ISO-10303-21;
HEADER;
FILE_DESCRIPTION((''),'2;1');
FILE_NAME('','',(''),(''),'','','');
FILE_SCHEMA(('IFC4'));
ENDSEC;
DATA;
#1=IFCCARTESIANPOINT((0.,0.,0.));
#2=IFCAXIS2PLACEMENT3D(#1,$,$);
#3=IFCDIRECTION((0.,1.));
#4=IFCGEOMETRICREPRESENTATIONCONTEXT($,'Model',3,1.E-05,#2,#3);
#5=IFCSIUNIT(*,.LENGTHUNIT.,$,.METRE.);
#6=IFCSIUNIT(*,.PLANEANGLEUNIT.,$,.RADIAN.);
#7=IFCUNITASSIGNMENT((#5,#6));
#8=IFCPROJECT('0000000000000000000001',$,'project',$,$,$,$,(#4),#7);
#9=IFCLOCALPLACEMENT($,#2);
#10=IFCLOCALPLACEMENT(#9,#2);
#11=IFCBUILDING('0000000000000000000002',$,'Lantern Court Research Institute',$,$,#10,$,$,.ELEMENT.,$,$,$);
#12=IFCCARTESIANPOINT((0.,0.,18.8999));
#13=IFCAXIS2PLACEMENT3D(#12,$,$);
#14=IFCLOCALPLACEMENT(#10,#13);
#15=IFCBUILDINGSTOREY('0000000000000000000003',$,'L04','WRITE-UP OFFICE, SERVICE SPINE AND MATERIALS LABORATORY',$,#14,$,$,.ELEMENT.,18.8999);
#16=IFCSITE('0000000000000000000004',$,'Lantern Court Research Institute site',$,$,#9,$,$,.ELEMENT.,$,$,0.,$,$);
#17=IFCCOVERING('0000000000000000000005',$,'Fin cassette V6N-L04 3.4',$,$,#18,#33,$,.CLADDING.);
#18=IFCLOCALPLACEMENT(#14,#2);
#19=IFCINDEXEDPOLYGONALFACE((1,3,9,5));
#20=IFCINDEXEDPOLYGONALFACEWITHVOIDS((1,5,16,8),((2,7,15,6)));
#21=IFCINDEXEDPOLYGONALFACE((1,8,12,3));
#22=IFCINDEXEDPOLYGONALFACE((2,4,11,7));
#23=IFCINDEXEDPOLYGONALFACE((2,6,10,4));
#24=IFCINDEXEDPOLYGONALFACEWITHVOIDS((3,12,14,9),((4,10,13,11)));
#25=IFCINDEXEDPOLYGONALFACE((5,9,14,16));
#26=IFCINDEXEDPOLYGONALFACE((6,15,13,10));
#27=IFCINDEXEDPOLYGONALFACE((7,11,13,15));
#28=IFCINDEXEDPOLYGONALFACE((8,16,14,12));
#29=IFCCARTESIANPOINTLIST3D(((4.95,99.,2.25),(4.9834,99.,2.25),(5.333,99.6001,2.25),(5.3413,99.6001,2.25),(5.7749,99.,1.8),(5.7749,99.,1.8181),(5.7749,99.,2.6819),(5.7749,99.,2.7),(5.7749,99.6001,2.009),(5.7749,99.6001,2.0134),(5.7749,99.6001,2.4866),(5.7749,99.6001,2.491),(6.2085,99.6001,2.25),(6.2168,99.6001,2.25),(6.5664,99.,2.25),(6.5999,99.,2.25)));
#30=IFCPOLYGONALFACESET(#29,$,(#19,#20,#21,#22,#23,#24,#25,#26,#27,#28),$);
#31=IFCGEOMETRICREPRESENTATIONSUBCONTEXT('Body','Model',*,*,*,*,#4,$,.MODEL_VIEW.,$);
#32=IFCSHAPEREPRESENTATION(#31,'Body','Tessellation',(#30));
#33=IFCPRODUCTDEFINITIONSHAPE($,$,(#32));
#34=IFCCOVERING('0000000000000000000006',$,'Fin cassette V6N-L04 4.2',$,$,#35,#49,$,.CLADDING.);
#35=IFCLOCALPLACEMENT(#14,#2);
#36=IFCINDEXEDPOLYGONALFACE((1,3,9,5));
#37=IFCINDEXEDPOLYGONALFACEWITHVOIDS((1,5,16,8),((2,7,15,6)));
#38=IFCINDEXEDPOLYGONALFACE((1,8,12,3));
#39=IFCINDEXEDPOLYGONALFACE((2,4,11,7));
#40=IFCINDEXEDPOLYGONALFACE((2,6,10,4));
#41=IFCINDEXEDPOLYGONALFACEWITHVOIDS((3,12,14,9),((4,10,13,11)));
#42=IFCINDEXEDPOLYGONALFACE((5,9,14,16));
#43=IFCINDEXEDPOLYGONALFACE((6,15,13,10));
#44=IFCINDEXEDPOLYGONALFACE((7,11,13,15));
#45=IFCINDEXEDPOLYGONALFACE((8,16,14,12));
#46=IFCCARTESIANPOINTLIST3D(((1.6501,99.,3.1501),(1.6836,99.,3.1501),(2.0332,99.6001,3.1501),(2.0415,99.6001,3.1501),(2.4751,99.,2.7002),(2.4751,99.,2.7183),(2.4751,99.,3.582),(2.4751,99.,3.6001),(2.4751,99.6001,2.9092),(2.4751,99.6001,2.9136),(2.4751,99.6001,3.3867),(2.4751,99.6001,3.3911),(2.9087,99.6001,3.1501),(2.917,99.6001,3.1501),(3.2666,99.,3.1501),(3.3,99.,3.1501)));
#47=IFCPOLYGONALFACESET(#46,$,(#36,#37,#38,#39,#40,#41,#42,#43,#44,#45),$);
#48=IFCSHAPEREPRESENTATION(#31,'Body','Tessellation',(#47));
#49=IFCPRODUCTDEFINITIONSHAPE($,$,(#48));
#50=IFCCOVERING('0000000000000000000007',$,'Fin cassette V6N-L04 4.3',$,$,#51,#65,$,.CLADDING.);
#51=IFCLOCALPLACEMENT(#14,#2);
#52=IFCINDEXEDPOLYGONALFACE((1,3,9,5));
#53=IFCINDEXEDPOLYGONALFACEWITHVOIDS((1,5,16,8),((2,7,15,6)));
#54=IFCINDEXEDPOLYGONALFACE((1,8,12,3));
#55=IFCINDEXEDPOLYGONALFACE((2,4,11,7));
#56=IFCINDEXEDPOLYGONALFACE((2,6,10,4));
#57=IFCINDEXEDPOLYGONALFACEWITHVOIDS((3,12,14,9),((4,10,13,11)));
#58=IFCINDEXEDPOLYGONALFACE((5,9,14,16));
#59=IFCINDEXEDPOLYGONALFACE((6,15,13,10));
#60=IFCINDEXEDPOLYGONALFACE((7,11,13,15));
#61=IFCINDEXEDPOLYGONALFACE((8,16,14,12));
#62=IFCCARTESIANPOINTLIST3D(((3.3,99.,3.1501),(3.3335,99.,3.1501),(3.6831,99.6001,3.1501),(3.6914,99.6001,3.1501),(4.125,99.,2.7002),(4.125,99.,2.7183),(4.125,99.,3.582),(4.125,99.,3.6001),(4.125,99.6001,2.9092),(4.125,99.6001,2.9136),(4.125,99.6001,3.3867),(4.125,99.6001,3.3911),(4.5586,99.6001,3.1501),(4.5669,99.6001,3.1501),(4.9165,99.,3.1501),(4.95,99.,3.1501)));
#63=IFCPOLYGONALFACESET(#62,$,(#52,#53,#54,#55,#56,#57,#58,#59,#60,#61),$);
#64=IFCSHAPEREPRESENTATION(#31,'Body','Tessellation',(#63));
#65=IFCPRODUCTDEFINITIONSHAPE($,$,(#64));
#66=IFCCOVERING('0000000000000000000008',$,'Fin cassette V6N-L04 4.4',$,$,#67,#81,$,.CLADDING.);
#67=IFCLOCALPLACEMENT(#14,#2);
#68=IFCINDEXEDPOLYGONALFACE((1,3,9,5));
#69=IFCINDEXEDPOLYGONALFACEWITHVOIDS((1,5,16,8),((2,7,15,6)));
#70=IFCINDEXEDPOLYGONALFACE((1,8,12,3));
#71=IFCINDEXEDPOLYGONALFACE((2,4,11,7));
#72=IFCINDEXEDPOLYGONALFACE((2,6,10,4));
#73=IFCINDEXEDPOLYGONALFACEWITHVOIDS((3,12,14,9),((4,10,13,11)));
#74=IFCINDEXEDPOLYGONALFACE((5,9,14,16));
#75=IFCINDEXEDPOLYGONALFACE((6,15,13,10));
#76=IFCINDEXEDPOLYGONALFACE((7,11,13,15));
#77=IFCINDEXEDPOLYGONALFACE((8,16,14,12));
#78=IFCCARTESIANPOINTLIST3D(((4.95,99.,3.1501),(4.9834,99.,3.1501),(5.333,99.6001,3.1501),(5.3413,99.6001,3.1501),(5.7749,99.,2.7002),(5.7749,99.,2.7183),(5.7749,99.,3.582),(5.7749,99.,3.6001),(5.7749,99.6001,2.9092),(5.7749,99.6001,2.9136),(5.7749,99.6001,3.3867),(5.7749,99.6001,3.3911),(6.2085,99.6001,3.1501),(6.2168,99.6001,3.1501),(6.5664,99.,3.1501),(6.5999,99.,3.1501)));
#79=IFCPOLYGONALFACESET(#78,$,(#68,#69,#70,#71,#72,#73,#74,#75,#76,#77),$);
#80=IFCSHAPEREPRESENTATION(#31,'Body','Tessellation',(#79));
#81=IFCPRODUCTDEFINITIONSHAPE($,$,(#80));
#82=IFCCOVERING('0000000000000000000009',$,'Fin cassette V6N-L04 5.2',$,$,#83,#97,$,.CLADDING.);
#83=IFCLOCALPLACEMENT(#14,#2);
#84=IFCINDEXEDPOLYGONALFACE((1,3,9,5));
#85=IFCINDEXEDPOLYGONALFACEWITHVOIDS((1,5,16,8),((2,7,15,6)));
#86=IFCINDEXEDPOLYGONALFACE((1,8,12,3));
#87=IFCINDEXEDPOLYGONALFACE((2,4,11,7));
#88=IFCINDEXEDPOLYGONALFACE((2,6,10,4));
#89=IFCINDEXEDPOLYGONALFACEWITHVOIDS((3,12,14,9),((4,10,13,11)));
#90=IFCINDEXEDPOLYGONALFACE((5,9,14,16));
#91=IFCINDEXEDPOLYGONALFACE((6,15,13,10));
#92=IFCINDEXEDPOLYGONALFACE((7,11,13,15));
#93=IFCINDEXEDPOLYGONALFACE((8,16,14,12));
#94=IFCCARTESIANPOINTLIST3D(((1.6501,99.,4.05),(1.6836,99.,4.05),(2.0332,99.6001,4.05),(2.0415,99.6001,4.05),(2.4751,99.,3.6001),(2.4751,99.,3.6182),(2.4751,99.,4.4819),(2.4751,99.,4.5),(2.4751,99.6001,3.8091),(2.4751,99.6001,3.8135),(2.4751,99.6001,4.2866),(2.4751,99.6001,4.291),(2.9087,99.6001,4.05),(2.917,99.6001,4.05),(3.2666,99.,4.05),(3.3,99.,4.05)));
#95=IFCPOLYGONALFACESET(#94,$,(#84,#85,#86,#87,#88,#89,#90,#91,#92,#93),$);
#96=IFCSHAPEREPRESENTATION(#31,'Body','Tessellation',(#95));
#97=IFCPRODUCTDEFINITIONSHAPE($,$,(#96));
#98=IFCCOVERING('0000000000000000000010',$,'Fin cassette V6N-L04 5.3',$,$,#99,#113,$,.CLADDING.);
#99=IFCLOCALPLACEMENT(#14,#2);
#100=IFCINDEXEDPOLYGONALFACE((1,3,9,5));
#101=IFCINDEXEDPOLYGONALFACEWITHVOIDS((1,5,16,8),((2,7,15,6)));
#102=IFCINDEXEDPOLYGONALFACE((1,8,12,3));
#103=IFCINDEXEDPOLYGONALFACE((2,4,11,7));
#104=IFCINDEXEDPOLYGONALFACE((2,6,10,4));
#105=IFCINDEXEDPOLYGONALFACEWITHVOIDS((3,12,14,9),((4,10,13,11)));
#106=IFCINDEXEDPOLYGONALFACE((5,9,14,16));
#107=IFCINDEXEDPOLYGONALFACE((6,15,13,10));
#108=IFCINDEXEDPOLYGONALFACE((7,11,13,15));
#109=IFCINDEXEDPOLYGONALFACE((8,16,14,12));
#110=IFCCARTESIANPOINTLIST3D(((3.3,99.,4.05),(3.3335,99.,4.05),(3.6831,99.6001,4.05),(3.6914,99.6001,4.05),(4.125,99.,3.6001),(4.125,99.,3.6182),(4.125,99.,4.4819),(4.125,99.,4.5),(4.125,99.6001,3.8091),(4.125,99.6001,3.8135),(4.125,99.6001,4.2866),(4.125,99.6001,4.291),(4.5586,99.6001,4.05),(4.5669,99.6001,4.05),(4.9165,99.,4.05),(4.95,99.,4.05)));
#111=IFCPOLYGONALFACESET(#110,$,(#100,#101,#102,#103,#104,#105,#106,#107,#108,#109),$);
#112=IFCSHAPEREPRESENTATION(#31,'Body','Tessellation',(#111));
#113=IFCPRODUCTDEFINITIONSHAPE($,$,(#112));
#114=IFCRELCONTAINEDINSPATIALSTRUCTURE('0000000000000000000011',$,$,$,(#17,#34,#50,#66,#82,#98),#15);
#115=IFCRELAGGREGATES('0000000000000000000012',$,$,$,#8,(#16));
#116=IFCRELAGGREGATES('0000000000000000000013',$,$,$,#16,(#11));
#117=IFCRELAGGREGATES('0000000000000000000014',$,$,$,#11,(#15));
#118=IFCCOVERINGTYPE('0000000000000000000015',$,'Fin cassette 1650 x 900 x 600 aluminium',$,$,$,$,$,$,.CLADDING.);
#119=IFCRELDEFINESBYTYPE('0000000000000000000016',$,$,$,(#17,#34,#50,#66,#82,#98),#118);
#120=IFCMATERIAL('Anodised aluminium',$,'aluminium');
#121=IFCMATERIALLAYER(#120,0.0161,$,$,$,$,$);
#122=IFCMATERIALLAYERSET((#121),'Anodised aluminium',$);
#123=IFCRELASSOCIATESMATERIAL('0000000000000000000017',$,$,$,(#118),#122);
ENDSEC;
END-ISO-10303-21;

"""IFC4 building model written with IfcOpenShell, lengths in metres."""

from ifc_helpers import new_model, entity, si_unit, direction, frame, origin, place, context, subcontext, project, spatial, material, layer, layer_set, type_object, element, save


model = new_model("IFC4")

# Units and contexts
model_context = context("Model", 3, precision=1e-05, world=origin(), true_north=direction((0.0, 1.0)))
body_context = subcontext(model_context, "Body", "Model", "MODEL_VIEW")
ifc_project = project(units=[si_unit("LENGTHUNIT", "METRE"), si_unit("PLANEANGLEUNIT", "RADIAN")], contexts=[model_context])

# Site, building, storey
site_placement = place(None, origin())
site = spatial("IfcSite", under=ifc_project, at=site_placement, Name="Lantern Court Research Institute site", CompositionType="ELEMENT", RefElevation=0.0)
building_placement = place(site_placement, origin())
building = spatial("IfcBuilding", under=site, at=building_placement, Name="Lantern Court Research Institute", CompositionType="ELEMENT")
storey_placement = place(building_placement, frame((0.0, 0.0, 18.8999)))
storey = spatial("IfcBuildingStorey", under=building, at=storey_placement, Name="L04", Description="WRITE-UP OFFICE, SERVICE SPINE AND MATERIALS LABORATORY", CompositionType="ELEMENT", Elevation=18.8999)

# Coverings
ifc_material_1 = material(Name="Anodised aluminium", Category="aluminium")
ifc_layer_1 = layer(ifc_material_1, 0.0161)
ifc_layer_set_1 = layer_set([ifc_layer_1], Name="Anodised aluminium")
covering_type_1 = type_object("IfcCoveringType", Name="Fin cassette 1650 x 900 x 600 aluminium", PredefinedType="CLADDING", material=ifc_layer_set_1)
covering_1_placement = place(storey_placement, frame((5.7749, 99.0, 2.25), z_axis=(0.0, 1.0, 0.0), x_axis=(-1.0, 0.0, 0.0)))
cartesian_point_1 = entity("IfcCartesianPoint", [0.825, 0.0])
cartesian_point_2 = entity("IfcCartesianPoint", [0.7915, 0.0])
cartesian_point_3 = entity("IfcCartesianPoint", [0.4419, 0.0])
cartesian_point_4 = entity("IfcCartesianPoint", [0.4336, 0.0])
element("IfcCovering", 1, at=covering_1_placement, inside=storey, type_object=covering_type_1, Name="Fin cassette V6N-L04 3.4", PredefinedType="CLADDING", context=body_context, shape_type="SweptSolid", body=[
    entity("IfcExtrudedAreaSolidTapered", entity("IfcArbitraryProfileDefWithVoids", "AREA", None, entity("IfcPolyline", [cartesian_point_1, entity("IfcCartesianPoint", [0.0, 0.45]), entity("IfcCartesianPoint", [-0.825, 0.0]), entity("IfcCartesianPoint", [0.0, -0.45]), cartesian_point_1]), [entity("IfcPolyline", [cartesian_point_2, entity("IfcCartesianPoint", [0.0, 0.4319]), entity("IfcCartesianPoint", [-0.7915, 0.0]), entity("IfcCartesianPoint", [0.0, -0.4319]), cartesian_point_2])]), entity("IfcAxis2Placement3D", entity("IfcCartesianPoint", [0.0, 0.0, 0.0])), entity("IfcDirection", [0.0, 0.0, 1.0]), 0.6001, entity("IfcArbitraryProfileDefWithVoids", "AREA", None, entity("IfcPolyline", [cartesian_point_3, entity("IfcCartesianPoint", [0.0, 0.241]), entity("IfcCartesianPoint", [-0.4419, 0.0]), entity("IfcCartesianPoint", [0.0, -0.241]), cartesian_point_3]), [entity("IfcPolyline", [cartesian_point_4, entity("IfcCartesianPoint", [0.0, 0.2366]), entity("IfcCartesianPoint", [-0.4336, 0.0]), entity("IfcCartesianPoint", [0.0, -0.2366]), cartesian_point_4])])),
])
covering_2_placement = place(storey_placement, frame((2.4751, 99.0, 3.1501), z_axis=(0.0, 1.0, 0.0), x_axis=(-1.0, 0.0, 0.0)))
cartesian_point_5 = entity("IfcCartesianPoint", [0.825, 0.0])
cartesian_point_6 = entity("IfcCartesianPoint", [0.7915, 0.0])
cartesian_point_7 = entity("IfcCartesianPoint", [0.4419, 0.0])
cartesian_point_8 = entity("IfcCartesianPoint", [0.4336, 0.0])
element("IfcCovering", 2, at=covering_2_placement, inside=storey, type_object=covering_type_1, Name="Fin cassette V6N-L04 4.2", PredefinedType="CLADDING", context=body_context, shape_type="SweptSolid", body=[
    entity("IfcExtrudedAreaSolidTapered", entity("IfcArbitraryProfileDefWithVoids", "AREA", None, entity("IfcPolyline", [cartesian_point_5, entity("IfcCartesianPoint", [0.0, 0.45]), entity("IfcCartesianPoint", [-0.825, 0.0]), entity("IfcCartesianPoint", [0.0, -0.45]), cartesian_point_5]), [entity("IfcPolyline", [cartesian_point_6, entity("IfcCartesianPoint", [0.0, 0.4319]), entity("IfcCartesianPoint", [-0.7915, 0.0]), entity("IfcCartesianPoint", [0.0, -0.4319]), cartesian_point_6])]), entity("IfcAxis2Placement3D", entity("IfcCartesianPoint", [0.0, 0.0, 0.0])), entity("IfcDirection", [0.0, 0.0, 1.0]), 0.6001, entity("IfcArbitraryProfileDefWithVoids", "AREA", None, entity("IfcPolyline", [cartesian_point_7, entity("IfcCartesianPoint", [0.0, 0.241]), entity("IfcCartesianPoint", [-0.4419, 0.0]), entity("IfcCartesianPoint", [0.0, -0.241]), cartesian_point_7]), [entity("IfcPolyline", [cartesian_point_8, entity("IfcCartesianPoint", [0.0, 0.2366]), entity("IfcCartesianPoint", [-0.4336, 0.0]), entity("IfcCartesianPoint", [0.0, -0.2366]), cartesian_point_8])])),
])
covering_3_placement = place(storey_placement, frame((4.125, 99.0, 3.1501), z_axis=(0.0, 1.0, 0.0), x_axis=(-1.0, 0.0, 0.0)))
cartesian_point_9 = entity("IfcCartesianPoint", [0.825, 0.0])
cartesian_point_10 = entity("IfcCartesianPoint", [0.7915, 0.0])
cartesian_point_11 = entity("IfcCartesianPoint", [0.4419, 0.0])
cartesian_point_12 = entity("IfcCartesianPoint", [0.4336, 0.0])
element("IfcCovering", 3, at=covering_3_placement, inside=storey, type_object=covering_type_1, Name="Fin cassette V6N-L04 4.3", PredefinedType="CLADDING", context=body_context, shape_type="SweptSolid", body=[
    entity("IfcExtrudedAreaSolidTapered", entity("IfcArbitraryProfileDefWithVoids", "AREA", None, entity("IfcPolyline", [cartesian_point_9, entity("IfcCartesianPoint", [0.0, 0.45]), entity("IfcCartesianPoint", [-0.825, 0.0]), entity("IfcCartesianPoint", [0.0, -0.45]), cartesian_point_9]), [entity("IfcPolyline", [cartesian_point_10, entity("IfcCartesianPoint", [0.0, 0.4319]), entity("IfcCartesianPoint", [-0.7915, 0.0]), entity("IfcCartesianPoint", [0.0, -0.4319]), cartesian_point_10])]), entity("IfcAxis2Placement3D", entity("IfcCartesianPoint", [0.0, 0.0, 0.0])), entity("IfcDirection", [0.0, 0.0, 1.0]), 0.6001, entity("IfcArbitraryProfileDefWithVoids", "AREA", None, entity("IfcPolyline", [cartesian_point_11, entity("IfcCartesianPoint", [0.0, 0.241]), entity("IfcCartesianPoint", [-0.4419, 0.0]), entity("IfcCartesianPoint", [0.0, -0.241]), cartesian_point_11]), [entity("IfcPolyline", [cartesian_point_12, entity("IfcCartesianPoint", [0.0, 0.2366]), entity("IfcCartesianPoint", [-0.4336, 0.0]), entity("IfcCartesianPoint", [0.0, -0.2366]), cartesian_point_12])])),
])
covering_4_placement = place(storey_placement, frame((5.7749, 99.0, 3.1501), z_axis=(0.0, 1.0, 0.0), x_axis=(-1.0, 0.0, 0.0)))
cartesian_point_13 = entity("IfcCartesianPoint", [0.825, 0.0])
cartesian_point_14 = entity("IfcCartesianPoint", [0.7915, 0.0])
cartesian_point_15 = entity("IfcCartesianPoint", [0.4419, 0.0])
cartesian_point_16 = entity("IfcCartesianPoint", [0.4336, 0.0])
element("IfcCovering", 4, at=covering_4_placement, inside=storey, type_object=covering_type_1, Name="Fin cassette V6N-L04 4.4", PredefinedType="CLADDING", context=body_context, shape_type="SweptSolid", body=[
    entity("IfcExtrudedAreaSolidTapered", entity("IfcArbitraryProfileDefWithVoids", "AREA", None, entity("IfcPolyline", [cartesian_point_13, entity("IfcCartesianPoint", [0.0, 0.45]), entity("IfcCartesianPoint", [-0.825, 0.0]), entity("IfcCartesianPoint", [0.0, -0.45]), cartesian_point_13]), [entity("IfcPolyline", [cartesian_point_14, entity("IfcCartesianPoint", [0.0, 0.4319]), entity("IfcCartesianPoint", [-0.7915, 0.0]), entity("IfcCartesianPoint", [0.0, -0.4319]), cartesian_point_14])]), entity("IfcAxis2Placement3D", entity("IfcCartesianPoint", [0.0, 0.0, 0.0])), entity("IfcDirection", [0.0, 0.0, 1.0]), 0.6001, entity("IfcArbitraryProfileDefWithVoids", "AREA", None, entity("IfcPolyline", [cartesian_point_15, entity("IfcCartesianPoint", [0.0, 0.241]), entity("IfcCartesianPoint", [-0.4419, 0.0]), entity("IfcCartesianPoint", [0.0, -0.241]), cartesian_point_15]), [entity("IfcPolyline", [cartesian_point_16, entity("IfcCartesianPoint", [0.0, 0.2366]), entity("IfcCartesianPoint", [-0.4336, 0.0]), entity("IfcCartesianPoint", [0.0, -0.2366]), cartesian_point_16])])),
])
covering_5_placement = place(storey_placement, frame((2.4751, 99.0, 4.05), z_axis=(0.0, 1.0, 0.0), x_axis=(-1.0, 0.0, 0.0)))
cartesian_point_17 = entity("IfcCartesianPoint", [0.825, 0.0])
cartesian_point_18 = entity("IfcCartesianPoint", [0.7915, 0.0])
cartesian_point_19 = entity("IfcCartesianPoint", [0.4419, 0.0])
cartesian_point_20 = entity("IfcCartesianPoint", [0.4336, 0.0])
element("IfcCovering", 5, at=covering_5_placement, inside=storey, type_object=covering_type_1, Name="Fin cassette V6N-L04 5.2", PredefinedType="CLADDING", context=body_context, shape_type="SweptSolid", body=[
    entity("IfcExtrudedAreaSolidTapered", entity("IfcArbitraryProfileDefWithVoids", "AREA", None, entity("IfcPolyline", [cartesian_point_17, entity("IfcCartesianPoint", [0.0, 0.45]), entity("IfcCartesianPoint", [-0.825, 0.0]), entity("IfcCartesianPoint", [0.0, -0.45]), cartesian_point_17]), [entity("IfcPolyline", [cartesian_point_18, entity("IfcCartesianPoint", [0.0, 0.4319]), entity("IfcCartesianPoint", [-0.7915, 0.0]), entity("IfcCartesianPoint", [0.0, -0.4319]), cartesian_point_18])]), entity("IfcAxis2Placement3D", entity("IfcCartesianPoint", [0.0, 0.0, 0.0])), entity("IfcDirection", [0.0, 0.0, 1.0]), 0.6001, entity("IfcArbitraryProfileDefWithVoids", "AREA", None, entity("IfcPolyline", [cartesian_point_19, entity("IfcCartesianPoint", [0.0, 0.241]), entity("IfcCartesianPoint", [-0.4419, 0.0]), entity("IfcCartesianPoint", [0.0, -0.241]), cartesian_point_19]), [entity("IfcPolyline", [cartesian_point_20, entity("IfcCartesianPoint", [0.0, 0.2366]), entity("IfcCartesianPoint", [-0.4336, 0.0]), entity("IfcCartesianPoint", [0.0, -0.2366]), cartesian_point_20])])),
])
covering_6_placement = place(storey_placement, frame((4.125, 99.0, 4.05), z_axis=(0.0, 1.0, 0.0), x_axis=(-1.0, 0.0, 0.0)))
cartesian_point_21 = entity("IfcCartesianPoint", [0.825, 0.0])
cartesian_point_22 = entity("IfcCartesianPoint", [0.7915, 0.0])
cartesian_point_23 = entity("IfcCartesianPoint", [0.4419, 0.0])
cartesian_point_24 = entity("IfcCartesianPoint", [0.4336, 0.0])
element("IfcCovering", 6, at=covering_6_placement, inside=storey, type_object=covering_type_1, Name="Fin cassette V6N-L04 5.3", PredefinedType="CLADDING", context=body_context, shape_type="SweptSolid", body=[
    entity("IfcExtrudedAreaSolidTapered", entity("IfcArbitraryProfileDefWithVoids", "AREA", None, entity("IfcPolyline", [cartesian_point_21, entity("IfcCartesianPoint", [0.0, 0.45]), entity("IfcCartesianPoint", [-0.825, 0.0]), entity("IfcCartesianPoint", [0.0, -0.45]), cartesian_point_21]), [entity("IfcPolyline", [cartesian_point_22, entity("IfcCartesianPoint", [0.0, 0.4319]), entity("IfcCartesianPoint", [-0.7915, 0.0]), entity("IfcCartesianPoint", [0.0, -0.4319]), cartesian_point_22])]), entity("IfcAxis2Placement3D", entity("IfcCartesianPoint", [0.0, 0.0, 0.0])), entity("IfcDirection", [0.0, 0.0, 1.0]), 0.6001, entity("IfcArbitraryProfileDefWithVoids", "AREA", None, entity("IfcPolyline", [cartesian_point_23, entity("IfcCartesianPoint", [0.0, 0.241]), entity("IfcCartesianPoint", [-0.4419, 0.0]), entity("IfcCartesianPoint", [0.0, -0.241]), cartesian_point_23]), [entity("IfcPolyline", [cartesian_point_24, entity("IfcCartesianPoint", [0.0, 0.2366]), entity("IfcCartesianPoint", [-0.4336, 0.0]), entity("IfcCartesianPoint", [0.0, -0.2366]), cartesian_point_24])])),
])

save(model, "model.ifc")
